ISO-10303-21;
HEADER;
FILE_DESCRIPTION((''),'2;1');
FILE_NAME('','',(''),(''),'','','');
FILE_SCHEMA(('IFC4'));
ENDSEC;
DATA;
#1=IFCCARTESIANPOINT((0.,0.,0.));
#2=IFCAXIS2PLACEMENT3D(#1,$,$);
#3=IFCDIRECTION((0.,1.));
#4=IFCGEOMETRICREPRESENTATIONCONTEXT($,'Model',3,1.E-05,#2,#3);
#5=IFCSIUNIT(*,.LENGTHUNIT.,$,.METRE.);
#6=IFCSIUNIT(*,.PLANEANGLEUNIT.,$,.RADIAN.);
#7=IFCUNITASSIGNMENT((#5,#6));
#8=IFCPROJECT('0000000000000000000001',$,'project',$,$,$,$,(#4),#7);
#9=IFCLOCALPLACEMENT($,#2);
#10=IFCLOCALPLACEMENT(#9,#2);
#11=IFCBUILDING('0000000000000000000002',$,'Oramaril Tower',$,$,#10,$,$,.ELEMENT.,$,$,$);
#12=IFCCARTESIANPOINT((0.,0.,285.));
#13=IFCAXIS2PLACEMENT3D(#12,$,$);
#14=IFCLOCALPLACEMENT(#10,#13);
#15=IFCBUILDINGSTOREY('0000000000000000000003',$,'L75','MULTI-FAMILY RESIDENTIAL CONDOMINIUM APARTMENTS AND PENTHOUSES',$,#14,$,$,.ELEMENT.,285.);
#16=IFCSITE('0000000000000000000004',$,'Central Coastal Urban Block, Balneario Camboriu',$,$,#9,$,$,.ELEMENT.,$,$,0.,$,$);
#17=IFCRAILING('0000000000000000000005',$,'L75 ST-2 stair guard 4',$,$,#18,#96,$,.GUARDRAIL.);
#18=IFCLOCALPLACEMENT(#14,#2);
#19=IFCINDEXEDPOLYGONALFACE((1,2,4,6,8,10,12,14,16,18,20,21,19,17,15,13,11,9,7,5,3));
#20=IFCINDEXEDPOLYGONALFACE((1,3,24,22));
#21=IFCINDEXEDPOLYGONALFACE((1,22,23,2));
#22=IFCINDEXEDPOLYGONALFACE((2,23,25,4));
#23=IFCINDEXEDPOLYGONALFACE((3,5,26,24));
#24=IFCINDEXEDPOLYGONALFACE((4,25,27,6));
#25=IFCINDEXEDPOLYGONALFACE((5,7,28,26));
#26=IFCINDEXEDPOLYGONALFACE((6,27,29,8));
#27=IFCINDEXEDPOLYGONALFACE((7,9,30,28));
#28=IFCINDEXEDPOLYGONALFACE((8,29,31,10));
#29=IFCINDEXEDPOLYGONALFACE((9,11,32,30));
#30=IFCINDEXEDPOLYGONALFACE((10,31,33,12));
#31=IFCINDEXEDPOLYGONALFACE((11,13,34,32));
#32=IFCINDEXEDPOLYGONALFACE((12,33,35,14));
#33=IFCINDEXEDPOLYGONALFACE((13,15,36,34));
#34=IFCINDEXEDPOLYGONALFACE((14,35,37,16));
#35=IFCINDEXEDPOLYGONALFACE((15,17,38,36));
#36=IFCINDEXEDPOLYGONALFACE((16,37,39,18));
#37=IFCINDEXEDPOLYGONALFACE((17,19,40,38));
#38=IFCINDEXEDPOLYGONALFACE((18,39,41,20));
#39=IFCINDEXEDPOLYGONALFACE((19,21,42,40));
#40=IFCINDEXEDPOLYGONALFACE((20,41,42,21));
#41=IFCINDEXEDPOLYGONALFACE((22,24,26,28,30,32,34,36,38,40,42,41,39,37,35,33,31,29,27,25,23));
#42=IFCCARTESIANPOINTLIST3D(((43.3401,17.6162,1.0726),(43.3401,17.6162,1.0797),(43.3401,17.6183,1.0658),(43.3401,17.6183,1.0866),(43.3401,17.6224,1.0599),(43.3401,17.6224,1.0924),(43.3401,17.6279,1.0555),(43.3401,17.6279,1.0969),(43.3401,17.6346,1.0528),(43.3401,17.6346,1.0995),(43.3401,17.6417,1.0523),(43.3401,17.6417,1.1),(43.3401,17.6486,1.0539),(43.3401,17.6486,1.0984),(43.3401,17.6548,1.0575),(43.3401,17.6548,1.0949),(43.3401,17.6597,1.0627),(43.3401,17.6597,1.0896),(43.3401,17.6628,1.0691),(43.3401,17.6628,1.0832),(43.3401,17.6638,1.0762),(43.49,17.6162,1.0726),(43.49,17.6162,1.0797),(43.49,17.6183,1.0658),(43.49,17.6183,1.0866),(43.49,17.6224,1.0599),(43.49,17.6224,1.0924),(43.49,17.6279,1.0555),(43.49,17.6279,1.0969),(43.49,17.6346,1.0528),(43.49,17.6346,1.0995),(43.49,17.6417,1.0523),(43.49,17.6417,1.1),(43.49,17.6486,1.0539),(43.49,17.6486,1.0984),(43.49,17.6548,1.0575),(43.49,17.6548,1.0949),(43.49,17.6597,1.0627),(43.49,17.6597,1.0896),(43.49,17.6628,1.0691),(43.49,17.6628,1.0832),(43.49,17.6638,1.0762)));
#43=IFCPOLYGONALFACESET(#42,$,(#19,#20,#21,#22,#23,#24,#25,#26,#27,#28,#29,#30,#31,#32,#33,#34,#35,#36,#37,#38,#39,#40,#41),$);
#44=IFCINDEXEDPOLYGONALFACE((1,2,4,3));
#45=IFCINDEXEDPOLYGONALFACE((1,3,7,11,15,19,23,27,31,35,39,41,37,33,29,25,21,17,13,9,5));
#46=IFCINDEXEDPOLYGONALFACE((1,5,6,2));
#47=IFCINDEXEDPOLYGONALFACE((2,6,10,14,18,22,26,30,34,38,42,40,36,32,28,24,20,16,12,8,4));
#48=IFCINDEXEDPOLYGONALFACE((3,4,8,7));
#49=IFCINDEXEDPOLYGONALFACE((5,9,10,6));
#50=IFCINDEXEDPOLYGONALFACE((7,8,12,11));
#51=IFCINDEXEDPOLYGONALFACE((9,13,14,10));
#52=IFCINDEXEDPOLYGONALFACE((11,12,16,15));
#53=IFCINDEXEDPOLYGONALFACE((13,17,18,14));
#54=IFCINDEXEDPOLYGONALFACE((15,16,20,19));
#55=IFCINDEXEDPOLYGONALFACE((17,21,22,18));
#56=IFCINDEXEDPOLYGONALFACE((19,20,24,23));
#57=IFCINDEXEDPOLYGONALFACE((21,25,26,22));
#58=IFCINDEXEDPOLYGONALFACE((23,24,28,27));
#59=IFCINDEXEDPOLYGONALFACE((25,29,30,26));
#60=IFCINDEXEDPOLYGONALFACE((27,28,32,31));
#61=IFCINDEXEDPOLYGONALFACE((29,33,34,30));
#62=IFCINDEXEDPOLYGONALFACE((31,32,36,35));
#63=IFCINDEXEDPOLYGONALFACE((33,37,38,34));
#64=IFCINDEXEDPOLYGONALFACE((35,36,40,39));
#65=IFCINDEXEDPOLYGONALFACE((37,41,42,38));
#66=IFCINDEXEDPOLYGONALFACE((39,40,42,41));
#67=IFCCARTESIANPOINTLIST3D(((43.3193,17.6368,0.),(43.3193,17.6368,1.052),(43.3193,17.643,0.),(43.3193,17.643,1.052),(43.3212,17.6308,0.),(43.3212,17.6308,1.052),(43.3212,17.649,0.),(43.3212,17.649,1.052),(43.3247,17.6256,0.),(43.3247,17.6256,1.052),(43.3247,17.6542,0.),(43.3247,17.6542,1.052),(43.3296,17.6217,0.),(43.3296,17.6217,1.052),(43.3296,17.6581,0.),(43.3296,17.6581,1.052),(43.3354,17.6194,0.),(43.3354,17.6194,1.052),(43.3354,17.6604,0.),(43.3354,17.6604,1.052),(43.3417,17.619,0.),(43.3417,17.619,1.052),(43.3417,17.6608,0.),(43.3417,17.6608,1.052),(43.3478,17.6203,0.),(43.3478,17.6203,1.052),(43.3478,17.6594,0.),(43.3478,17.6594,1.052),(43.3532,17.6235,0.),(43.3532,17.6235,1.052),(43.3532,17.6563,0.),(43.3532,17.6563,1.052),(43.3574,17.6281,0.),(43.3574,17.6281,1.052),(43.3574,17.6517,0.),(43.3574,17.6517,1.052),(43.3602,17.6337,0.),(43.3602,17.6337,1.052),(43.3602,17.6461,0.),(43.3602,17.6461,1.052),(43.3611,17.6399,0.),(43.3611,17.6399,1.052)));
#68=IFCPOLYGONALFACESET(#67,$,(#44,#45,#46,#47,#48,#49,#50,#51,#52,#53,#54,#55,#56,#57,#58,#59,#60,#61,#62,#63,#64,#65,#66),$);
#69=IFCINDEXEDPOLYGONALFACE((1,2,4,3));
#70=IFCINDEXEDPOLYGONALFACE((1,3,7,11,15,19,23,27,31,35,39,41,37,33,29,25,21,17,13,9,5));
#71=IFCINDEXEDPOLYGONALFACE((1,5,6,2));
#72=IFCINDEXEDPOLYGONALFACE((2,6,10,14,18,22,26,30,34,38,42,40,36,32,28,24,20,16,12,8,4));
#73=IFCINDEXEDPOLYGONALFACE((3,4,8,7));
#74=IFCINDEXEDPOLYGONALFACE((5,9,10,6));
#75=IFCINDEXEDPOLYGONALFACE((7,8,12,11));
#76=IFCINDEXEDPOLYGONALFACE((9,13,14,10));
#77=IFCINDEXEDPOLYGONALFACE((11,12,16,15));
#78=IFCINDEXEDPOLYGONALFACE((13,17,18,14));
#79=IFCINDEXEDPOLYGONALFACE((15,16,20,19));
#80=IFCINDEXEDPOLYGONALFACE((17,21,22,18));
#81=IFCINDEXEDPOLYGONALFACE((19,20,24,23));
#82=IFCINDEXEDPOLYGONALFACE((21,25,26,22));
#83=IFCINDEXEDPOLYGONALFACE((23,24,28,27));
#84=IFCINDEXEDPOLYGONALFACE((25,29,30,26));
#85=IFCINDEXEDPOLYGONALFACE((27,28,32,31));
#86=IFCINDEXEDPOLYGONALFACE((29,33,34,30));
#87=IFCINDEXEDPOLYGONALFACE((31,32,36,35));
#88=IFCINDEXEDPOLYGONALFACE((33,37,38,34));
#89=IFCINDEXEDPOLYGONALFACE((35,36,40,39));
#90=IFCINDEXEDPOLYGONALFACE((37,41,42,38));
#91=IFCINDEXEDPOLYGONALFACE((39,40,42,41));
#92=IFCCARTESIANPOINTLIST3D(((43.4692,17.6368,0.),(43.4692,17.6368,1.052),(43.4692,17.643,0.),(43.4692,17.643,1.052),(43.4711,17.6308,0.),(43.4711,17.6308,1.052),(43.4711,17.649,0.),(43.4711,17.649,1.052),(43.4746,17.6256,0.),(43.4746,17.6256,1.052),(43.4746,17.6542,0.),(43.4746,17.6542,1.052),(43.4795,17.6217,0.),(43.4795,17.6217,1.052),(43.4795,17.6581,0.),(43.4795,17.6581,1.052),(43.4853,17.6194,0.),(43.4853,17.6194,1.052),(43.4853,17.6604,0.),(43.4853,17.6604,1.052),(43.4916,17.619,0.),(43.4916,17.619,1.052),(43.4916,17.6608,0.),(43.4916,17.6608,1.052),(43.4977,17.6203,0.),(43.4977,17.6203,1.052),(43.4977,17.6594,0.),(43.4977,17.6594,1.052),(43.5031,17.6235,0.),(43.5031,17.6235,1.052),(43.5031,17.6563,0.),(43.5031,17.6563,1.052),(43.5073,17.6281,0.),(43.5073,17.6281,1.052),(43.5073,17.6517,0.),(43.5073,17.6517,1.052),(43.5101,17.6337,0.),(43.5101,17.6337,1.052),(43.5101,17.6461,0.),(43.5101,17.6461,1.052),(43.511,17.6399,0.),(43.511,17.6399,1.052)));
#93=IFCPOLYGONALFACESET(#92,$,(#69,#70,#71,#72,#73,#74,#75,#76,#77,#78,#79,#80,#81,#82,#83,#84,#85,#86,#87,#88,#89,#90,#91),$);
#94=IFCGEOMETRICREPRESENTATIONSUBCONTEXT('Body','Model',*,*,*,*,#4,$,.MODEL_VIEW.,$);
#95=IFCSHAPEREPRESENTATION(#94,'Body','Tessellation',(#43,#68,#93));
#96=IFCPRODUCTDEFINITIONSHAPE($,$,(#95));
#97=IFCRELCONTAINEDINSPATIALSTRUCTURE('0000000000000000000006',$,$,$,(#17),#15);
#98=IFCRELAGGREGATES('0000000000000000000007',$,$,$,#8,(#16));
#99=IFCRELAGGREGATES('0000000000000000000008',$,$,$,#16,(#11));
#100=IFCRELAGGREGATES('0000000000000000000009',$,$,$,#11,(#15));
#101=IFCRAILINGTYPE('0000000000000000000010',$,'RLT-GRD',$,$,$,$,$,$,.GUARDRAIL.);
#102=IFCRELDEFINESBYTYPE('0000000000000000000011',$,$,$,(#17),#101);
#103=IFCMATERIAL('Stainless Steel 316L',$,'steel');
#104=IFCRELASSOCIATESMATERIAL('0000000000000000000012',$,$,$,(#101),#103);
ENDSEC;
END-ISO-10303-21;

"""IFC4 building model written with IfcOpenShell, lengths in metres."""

from ifc_helpers import new_model, si_unit, direction, frame, origin, origin_2d, place, context, subcontext, project, spatial, circle, extrude, material, type_object, element, save


model = new_model("IFC4")

# Units and contexts
model_context = context("Model", 3, precision=1e-05, world=origin(), true_north=direction((0.0, 1.0)))
body_context = subcontext(model_context, "Body", "Model", "MODEL_VIEW")
ifc_project = project(units=[si_unit("LENGTHUNIT", "METRE"), si_unit("PLANEANGLEUNIT", "RADIAN")], contexts=[model_context])

# Site, building, storey
site_placement = place(None, origin())
site = spatial("IfcSite", under=ifc_project, at=site_placement, Name="Central Coastal Urban Block, Balneario Camboriu", CompositionType="ELEMENT", RefElevation=0.0)
building_placement = place(site_placement, origin())
building = spatial("IfcBuilding", under=site, at=building_placement, Name="Oramaril Tower", CompositionType="ELEMENT")
storey_placement = place(building_placement, frame((0.0, 0.0, 285.0)))
storey = spatial("IfcBuildingStorey", under=building, at=storey_placement, Name="L75", Description="MULTI-FAMILY RESIDENTIAL CONDOMINIUM APARTMENTS AND PENTHOUSES", CompositionType="ELEMENT", Elevation=285.0)

# Railing
ifc_material_1 = material(Name="Stainless Steel 316L", Category="steel")
railing_type_1 = type_object("IfcRailingType", Name="RLT-GRD", PredefinedType="GUARDRAIL", material=ifc_material_1)
railing_1_placement = place(storey_placement, frame((43.3401, 17.6399, 0.0)))
element("IfcRailing", 1, at=railing_1_placement, inside=storey, type_object=railing_type_1, Name="L75 ST-2 stair guard 4", PredefinedType="GUARDRAIL", context=body_context, shape_type="SweptSolid", body=[
    extrude(circle(Radius=0.0239, at=origin_2d()), frame((0.0, 0.0, 1.0762), z_axis=(1.0, 0.0, 0.0), x_axis=(0.0, 1.0, 0.0)), (0.0, 0.0, 1.0), 0.1499),
    extrude(circle(Radius=0.021, at=origin_2d()), origin(), (0.0, 0.0, 1.0), 1.052),
    extrude(circle(Radius=0.021, at=origin_2d()), frame((0.1499, 0.0, 0.0)), (0.0, 0.0, 1.0), 1.052),
])

save(model, "model.ifc")
